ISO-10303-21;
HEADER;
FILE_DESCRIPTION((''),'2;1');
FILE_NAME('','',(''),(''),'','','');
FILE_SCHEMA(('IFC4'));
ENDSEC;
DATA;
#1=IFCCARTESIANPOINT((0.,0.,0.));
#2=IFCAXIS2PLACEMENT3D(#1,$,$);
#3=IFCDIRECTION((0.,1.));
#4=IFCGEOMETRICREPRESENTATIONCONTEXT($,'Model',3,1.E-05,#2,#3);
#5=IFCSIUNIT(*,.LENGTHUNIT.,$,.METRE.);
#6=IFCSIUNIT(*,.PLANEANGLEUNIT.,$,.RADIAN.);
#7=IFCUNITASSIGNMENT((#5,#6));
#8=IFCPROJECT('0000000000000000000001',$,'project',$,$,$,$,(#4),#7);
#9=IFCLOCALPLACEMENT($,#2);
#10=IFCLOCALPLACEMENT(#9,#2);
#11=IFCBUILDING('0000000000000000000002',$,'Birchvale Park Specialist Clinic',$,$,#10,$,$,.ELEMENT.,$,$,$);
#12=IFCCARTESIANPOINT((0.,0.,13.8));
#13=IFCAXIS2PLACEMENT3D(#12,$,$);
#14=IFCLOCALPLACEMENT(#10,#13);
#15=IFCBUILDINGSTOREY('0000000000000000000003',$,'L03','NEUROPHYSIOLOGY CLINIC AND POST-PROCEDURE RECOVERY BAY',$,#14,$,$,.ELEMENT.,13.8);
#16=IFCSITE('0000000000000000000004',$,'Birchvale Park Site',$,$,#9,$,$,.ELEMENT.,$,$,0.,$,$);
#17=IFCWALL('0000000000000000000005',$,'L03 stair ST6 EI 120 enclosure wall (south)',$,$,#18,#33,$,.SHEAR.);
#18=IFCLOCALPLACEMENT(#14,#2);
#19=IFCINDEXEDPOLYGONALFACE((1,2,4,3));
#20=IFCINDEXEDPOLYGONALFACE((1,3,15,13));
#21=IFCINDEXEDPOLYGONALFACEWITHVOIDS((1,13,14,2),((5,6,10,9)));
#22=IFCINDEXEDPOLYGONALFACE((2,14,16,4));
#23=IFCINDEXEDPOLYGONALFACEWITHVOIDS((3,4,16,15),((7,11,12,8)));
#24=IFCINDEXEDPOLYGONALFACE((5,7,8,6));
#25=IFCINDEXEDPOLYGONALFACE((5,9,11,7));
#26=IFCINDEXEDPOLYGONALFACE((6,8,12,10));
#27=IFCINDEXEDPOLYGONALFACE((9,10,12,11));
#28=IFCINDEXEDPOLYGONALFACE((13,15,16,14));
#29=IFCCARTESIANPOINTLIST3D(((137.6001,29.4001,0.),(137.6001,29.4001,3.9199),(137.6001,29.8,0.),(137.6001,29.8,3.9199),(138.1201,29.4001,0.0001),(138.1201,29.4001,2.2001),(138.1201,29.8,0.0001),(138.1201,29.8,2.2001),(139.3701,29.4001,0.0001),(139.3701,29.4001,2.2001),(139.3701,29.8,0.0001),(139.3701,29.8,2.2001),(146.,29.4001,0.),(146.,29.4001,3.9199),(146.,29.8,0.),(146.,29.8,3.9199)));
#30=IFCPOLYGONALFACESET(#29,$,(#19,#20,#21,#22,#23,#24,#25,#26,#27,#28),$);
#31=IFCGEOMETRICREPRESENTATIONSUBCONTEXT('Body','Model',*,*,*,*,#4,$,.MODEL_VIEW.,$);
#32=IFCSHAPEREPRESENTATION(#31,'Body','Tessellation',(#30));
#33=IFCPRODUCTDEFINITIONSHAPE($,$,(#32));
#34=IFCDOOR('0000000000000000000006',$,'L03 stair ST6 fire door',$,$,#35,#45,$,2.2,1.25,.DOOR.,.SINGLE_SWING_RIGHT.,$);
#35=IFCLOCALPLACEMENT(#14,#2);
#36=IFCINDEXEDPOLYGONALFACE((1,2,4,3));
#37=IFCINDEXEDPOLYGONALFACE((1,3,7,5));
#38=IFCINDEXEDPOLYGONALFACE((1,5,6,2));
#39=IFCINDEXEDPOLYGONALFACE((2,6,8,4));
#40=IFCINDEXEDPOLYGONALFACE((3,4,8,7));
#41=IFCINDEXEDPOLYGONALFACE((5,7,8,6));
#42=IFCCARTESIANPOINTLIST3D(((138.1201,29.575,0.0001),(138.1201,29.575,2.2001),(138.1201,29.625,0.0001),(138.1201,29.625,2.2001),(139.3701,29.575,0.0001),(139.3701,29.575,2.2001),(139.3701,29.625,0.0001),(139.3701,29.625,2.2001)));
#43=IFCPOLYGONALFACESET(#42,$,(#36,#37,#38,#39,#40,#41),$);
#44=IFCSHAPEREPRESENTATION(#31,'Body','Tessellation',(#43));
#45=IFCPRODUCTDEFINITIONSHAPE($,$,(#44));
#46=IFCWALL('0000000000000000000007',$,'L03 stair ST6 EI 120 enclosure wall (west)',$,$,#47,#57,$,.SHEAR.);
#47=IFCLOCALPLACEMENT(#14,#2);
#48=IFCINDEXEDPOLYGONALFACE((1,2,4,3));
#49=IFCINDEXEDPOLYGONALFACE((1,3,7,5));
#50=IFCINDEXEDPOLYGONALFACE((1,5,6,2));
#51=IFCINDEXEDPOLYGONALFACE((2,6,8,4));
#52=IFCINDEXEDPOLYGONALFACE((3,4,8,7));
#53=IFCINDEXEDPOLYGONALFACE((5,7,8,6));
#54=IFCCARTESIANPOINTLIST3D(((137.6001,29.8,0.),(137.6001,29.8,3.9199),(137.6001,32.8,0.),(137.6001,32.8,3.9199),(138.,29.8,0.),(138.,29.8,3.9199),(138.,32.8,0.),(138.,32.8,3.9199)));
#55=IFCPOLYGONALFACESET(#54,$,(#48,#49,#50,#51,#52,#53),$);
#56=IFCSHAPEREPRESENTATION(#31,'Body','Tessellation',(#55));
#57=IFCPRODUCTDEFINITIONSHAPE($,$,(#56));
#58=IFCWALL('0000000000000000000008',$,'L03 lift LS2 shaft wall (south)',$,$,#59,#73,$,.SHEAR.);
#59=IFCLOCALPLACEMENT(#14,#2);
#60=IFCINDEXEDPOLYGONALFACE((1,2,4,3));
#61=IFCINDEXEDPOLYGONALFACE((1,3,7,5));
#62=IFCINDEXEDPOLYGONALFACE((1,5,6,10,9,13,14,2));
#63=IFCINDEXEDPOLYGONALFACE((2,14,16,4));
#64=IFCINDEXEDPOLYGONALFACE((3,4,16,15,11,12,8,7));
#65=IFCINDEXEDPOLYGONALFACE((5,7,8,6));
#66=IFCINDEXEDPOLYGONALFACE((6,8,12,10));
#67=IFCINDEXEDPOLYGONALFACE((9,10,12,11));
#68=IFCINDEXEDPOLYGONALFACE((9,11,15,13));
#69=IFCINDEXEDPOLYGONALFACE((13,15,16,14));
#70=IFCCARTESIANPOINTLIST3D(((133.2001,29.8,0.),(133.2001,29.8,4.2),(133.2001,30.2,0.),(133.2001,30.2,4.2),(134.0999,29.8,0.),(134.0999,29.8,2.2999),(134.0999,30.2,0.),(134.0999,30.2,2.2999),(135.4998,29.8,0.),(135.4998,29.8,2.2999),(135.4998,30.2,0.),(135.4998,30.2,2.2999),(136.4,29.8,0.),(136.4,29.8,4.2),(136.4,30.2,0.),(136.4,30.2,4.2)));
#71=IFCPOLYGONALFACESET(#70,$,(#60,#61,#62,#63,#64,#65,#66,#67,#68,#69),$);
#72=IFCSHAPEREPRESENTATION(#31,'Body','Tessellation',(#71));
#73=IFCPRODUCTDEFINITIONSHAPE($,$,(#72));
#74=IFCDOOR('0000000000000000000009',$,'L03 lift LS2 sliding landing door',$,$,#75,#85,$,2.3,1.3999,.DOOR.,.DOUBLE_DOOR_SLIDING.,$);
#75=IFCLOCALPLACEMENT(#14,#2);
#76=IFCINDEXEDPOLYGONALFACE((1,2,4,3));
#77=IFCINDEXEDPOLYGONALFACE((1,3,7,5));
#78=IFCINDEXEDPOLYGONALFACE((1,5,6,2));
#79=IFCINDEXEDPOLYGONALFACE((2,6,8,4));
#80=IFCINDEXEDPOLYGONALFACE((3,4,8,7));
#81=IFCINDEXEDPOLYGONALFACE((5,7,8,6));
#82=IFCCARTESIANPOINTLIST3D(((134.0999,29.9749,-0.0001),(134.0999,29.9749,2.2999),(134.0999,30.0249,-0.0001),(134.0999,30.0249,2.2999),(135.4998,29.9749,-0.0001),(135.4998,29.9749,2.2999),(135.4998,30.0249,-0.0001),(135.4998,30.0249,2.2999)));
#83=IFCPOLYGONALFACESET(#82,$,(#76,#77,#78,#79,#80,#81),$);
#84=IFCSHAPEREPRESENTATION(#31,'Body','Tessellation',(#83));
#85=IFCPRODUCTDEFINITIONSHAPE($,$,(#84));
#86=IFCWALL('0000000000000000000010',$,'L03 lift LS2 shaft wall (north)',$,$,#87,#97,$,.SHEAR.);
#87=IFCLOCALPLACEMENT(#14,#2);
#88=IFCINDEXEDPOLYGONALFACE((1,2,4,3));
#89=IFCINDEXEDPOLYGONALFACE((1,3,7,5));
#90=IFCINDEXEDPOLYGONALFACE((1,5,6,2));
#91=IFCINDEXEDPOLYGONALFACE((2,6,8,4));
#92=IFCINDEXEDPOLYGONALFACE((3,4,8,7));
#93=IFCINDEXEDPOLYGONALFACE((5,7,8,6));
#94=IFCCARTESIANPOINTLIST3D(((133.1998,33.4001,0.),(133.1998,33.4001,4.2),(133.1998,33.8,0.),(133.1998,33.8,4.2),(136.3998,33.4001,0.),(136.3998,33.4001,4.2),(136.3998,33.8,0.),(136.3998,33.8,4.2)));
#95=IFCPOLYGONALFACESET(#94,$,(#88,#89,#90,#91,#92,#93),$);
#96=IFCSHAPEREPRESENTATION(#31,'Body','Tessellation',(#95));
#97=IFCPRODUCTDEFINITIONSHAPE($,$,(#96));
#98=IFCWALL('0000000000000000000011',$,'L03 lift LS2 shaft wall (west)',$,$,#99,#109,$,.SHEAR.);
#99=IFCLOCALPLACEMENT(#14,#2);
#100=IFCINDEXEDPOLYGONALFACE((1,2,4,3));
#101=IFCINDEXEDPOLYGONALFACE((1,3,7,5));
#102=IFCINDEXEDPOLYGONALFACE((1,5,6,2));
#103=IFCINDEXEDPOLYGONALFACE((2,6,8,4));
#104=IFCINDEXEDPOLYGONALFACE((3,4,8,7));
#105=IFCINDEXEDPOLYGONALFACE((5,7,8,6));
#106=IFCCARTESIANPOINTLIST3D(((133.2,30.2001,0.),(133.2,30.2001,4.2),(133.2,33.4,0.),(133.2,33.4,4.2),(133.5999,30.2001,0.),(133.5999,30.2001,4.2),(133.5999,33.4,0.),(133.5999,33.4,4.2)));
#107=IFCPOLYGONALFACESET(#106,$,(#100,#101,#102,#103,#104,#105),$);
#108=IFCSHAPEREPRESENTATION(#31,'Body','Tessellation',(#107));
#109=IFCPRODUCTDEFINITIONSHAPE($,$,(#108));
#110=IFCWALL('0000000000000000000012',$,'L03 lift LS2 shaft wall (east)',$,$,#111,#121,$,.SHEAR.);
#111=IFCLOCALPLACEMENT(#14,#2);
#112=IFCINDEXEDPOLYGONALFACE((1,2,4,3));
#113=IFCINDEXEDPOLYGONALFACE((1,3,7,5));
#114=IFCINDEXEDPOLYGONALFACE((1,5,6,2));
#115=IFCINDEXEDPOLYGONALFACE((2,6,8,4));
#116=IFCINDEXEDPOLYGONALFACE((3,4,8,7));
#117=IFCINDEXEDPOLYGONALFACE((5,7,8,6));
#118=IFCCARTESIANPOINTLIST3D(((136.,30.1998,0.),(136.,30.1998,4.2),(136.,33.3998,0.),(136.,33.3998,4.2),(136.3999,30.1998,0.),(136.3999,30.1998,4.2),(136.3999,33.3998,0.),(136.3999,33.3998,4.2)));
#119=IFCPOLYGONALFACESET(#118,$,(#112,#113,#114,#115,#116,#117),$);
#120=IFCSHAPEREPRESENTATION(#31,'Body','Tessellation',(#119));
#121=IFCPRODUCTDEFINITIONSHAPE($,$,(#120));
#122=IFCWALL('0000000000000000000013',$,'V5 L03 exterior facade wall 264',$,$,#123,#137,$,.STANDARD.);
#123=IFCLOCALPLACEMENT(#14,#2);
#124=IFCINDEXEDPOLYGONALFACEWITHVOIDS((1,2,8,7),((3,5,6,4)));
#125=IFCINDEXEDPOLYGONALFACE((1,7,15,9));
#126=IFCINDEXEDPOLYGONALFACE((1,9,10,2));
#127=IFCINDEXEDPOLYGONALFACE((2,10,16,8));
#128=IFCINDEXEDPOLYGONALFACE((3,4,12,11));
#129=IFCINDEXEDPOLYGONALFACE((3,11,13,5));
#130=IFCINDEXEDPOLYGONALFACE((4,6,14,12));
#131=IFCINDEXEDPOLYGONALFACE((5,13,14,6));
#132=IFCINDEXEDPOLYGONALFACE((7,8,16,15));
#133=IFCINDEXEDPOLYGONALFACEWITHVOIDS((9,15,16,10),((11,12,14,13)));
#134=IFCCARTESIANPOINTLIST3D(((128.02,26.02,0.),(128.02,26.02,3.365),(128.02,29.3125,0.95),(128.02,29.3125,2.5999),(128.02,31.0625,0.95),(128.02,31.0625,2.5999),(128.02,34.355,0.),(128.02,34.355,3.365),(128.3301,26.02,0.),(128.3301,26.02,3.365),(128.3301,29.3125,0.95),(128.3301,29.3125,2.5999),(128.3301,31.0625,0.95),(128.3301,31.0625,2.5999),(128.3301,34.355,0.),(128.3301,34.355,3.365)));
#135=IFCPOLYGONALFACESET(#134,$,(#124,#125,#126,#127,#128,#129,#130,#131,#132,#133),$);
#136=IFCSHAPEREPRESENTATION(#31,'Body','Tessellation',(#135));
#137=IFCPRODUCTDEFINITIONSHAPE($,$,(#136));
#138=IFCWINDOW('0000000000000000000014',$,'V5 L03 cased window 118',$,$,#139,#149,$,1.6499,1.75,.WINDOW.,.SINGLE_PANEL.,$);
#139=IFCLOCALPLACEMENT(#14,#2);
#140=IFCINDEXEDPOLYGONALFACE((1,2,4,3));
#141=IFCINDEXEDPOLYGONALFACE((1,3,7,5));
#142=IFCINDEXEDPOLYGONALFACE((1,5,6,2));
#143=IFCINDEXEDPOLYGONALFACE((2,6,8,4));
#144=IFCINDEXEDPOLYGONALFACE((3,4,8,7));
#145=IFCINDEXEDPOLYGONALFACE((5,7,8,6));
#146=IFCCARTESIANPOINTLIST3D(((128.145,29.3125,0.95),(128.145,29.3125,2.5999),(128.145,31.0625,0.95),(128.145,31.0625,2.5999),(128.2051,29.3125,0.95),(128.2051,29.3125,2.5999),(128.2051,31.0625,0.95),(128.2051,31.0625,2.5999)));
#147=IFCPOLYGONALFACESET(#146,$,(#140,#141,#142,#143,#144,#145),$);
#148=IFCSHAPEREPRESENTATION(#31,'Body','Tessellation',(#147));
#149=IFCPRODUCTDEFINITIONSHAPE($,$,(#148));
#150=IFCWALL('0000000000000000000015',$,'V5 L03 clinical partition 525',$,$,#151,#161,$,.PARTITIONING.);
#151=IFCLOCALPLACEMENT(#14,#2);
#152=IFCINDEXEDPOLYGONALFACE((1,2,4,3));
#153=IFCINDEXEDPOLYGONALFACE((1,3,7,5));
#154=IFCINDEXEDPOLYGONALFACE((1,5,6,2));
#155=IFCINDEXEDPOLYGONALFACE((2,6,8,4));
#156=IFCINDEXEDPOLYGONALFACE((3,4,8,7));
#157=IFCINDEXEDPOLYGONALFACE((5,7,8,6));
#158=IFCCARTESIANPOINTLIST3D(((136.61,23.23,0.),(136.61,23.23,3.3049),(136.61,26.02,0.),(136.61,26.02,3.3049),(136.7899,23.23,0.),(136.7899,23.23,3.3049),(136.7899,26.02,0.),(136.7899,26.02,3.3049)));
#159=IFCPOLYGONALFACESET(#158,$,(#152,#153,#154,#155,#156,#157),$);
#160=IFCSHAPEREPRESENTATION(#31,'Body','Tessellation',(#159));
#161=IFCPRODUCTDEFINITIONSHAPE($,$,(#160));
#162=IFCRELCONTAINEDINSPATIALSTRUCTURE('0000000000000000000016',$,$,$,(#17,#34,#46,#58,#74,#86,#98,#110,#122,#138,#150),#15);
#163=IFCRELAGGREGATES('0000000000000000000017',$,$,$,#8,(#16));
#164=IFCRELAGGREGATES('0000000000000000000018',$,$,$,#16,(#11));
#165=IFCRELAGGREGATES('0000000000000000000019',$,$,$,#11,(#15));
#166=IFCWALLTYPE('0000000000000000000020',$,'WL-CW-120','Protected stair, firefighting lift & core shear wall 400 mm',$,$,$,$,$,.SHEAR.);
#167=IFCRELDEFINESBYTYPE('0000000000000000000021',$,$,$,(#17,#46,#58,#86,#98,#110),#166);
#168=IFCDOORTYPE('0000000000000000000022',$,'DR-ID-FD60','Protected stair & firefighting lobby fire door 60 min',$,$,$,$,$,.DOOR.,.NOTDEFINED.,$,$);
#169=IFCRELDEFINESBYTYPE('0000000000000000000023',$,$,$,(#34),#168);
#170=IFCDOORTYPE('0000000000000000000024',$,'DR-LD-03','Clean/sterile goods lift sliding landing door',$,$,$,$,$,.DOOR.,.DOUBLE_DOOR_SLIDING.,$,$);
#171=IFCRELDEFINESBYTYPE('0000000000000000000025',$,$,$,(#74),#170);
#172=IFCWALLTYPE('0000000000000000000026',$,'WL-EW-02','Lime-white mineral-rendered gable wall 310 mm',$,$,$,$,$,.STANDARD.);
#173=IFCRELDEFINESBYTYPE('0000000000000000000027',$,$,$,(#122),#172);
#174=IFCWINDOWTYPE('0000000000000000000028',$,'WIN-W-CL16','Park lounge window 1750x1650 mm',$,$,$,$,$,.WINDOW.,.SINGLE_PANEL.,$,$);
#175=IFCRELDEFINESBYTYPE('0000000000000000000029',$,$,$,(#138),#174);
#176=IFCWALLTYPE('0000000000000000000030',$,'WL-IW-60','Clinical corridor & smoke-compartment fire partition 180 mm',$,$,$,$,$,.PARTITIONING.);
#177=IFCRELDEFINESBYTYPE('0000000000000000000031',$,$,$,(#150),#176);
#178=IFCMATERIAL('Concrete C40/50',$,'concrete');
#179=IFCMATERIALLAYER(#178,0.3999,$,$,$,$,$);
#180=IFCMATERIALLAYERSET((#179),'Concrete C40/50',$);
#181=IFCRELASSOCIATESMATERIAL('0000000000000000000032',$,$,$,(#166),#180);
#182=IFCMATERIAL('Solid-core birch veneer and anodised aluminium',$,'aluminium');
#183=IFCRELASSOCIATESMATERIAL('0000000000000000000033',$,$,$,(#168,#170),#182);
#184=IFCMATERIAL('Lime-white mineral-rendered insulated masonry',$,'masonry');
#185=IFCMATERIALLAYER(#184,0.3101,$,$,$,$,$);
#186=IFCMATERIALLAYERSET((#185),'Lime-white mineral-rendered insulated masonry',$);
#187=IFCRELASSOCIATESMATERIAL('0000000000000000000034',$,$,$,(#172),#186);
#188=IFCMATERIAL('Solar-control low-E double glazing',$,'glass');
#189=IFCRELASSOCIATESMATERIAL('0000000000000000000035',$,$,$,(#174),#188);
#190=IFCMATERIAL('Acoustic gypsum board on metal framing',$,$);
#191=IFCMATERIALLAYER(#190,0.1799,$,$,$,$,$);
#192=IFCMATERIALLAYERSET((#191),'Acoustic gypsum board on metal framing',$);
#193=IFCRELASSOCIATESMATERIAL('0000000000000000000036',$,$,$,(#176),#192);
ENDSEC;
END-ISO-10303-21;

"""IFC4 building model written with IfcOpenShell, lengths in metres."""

from ifc_helpers import new_model, si_unit, direction, frame, frame_2d, origin, place, context, subcontext, project, spatial, rectangle, extrude, material, layer, layer_set, type_object, element, fill, save


model = new_model("IFC4")

# Units and contexts
model_context = context("Model", 3, precision=1e-05, world=origin(), true_north=direction((0.0, 1.0)))
body_context = subcontext(model_context, "Body", "Model", "MODEL_VIEW")
ifc_project = project(units=[si_unit("LENGTHUNIT", "METRE"), si_unit("PLANEANGLEUNIT", "RADIAN")], contexts=[model_context])

# Site, building, storey
site_placement = place(None, origin())
site = spatial("IfcSite", under=ifc_project, at=site_placement, Name="Birchvale Park Site", CompositionType="ELEMENT", RefElevation=0.0)
building_placement = place(site_placement, origin())
building = spatial("IfcBuilding", under=site, at=building_placement, Name="Birchvale Park Specialist Clinic", CompositionType="ELEMENT")
storey_placement = place(building_placement, frame((0.0, 0.0, 13.8)))
storey = spatial("IfcBuildingStorey", under=building, at=storey_placement, Name="L03", Description="NEUROPHYSIOLOGY CLINIC AND POST-PROCEDURE RECOVERY BAY", CompositionType="ELEMENT", Elevation=13.8)

# Shared definitions
ifc_material_1 = material(Name="Concrete C40/50", Category="concrete")

# Wall, opening, door
ifc_layer_1 = layer(ifc_material_1, 0.3999)
ifc_layer_set_1 = layer_set([ifc_layer_1], Name="Concrete C40/50")
wall_type_1 = type_object("IfcWallType", Name="WL-CW-120", Description="Protected stair, firefighting lift & core shear wall 400 mm", PredefinedType="SHEAR", material=ifc_layer_set_1)
wall_1_placement = place(storey_placement, frame((137.6001, 29.6001, 0.0), z_axis=(0.0, 0.0, 1.0), x_axis=(1.0, 0.0, 0.0)))
wall_1 = element("IfcWall", 1, at=wall_1_placement, inside=storey, type_object=wall_type_1, Name="L03 stair ST6 EI 120 enclosure wall (south)", PredefinedType="SHEAR", context=body_context, shape_type="SweptSolid", body=[
    extrude(rectangle(XDim=8.3999, YDim=0.3999, at=frame_2d((4.2, 0.0))), origin(), (0.0, 0.0, 1.0), 3.9199),
])
opening_1_placement = place(wall_1_placement, frame((0.52, 0.0, 0.0)))
opening_1 = element("IfcOpeningElement", 2, at=opening_1_placement, cuts=wall_1, PredefinedType="OPENING", context=body_context, shape_type="SweptSolid", body=[
    extrude(rectangle(XDim=1.25, YDim=2.2, at=frame_2d((0.625, 1.1001))), frame((0.0, 0.21, 0.0), z_axis=(0.0, -1.0, 0.0), x_axis=(1.0, 0.0, 0.0)), (0.0, 0.0, 1.0), 0.4199),
])
ifc_material_2 = material(Name="Solid-core birch veneer and anodised aluminium", Category="aluminium")
door_type_1 = type_object("IfcDoorType", Name="DR-ID-FD60", Description="Protected stair & firefighting lobby fire door 60 min", OperationType="NOTDEFINED", PredefinedType="DOOR", material=ifc_material_2)
door_1_placement = place(opening_1_placement, origin())
door_1 = element("IfcDoor", 3, at=door_1_placement, inside=storey, type_object=door_type_1, Name="L03 stair ST6 fire door", OperationType="SINGLE_SWING_RIGHT", OverallHeight=2.2, OverallWidth=1.25, PredefinedType="DOOR", context=body_context, shape_type="SweptSolid", body=[
    extrude(rectangle(XDim=1.25, YDim=2.2, at=frame_2d((0.625, 1.1001))), frame((0.0, 0.0249, 0.0), z_axis=(0.0, -1.0, 0.0), x_axis=(1.0, 0.0, 0.0)), (0.0, 0.0, 1.0), 0.05),
])
fill(opening_1, door_1)

# Wall
wall_2_placement = place(storey_placement, frame((137.8, 29.8, 0.0), z_axis=(0.0, 0.0, 1.0), x_axis=(0.0, 1.0, 0.0)))
element("IfcWall", 4, at=wall_2_placement, inside=storey, type_object=wall_type_1, Name="L03 stair ST6 EI 120 enclosure wall (west)", PredefinedType="SHEAR", context=body_context, shape_type="SweptSolid", body=[
    extrude(rectangle(XDim=3.0, YDim=0.3999, at=frame_2d((1.5, 0.0))), origin(), (0.0, 0.0, 1.0), 3.9199),
])

# Wall, opening, door
wall_3_placement = place(storey_placement, frame((133.2, 30.0, 0.0), z_axis=(0.0, 0.0, 1.0), x_axis=(1.0, 0.0, 0.0)))
wall_3 = element("IfcWall", 5, at=wall_3_placement, inside=storey, type_object=wall_type_1, Name="L03 lift LS2 shaft wall (south)", PredefinedType="SHEAR", context=body_context, shape_type="SweptSolid", body=[
    extrude(rectangle(XDim=3.2, YDim=0.3999, at=frame_2d((1.6001, 0.0))), origin(), (0.0, 0.0, 1.0), 4.2),
])
opening_2_placement = place(wall_3_placement, frame((0.8999, 0.0, 0.0)))
opening_2 = element("IfcOpeningElement", 6, at=opening_2_placement, cuts=wall_3, PredefinedType="OPENING", context=body_context, shape_type="SweptSolid", body=[
    extrude(rectangle(XDim=1.3999, YDim=2.3, at=frame_2d((0.7, 1.1499))), frame((0.0, 0.21, 0.0), z_axis=(0.0, -1.0, 0.0), x_axis=(1.0, 0.0, 0.0)), (0.0, 0.0, 1.0), 0.4199),
])
door_type_2 = type_object("IfcDoorType", Name="DR-LD-03", Description="Clean/sterile goods lift sliding landing door", OperationType="DOUBLE_DOOR_SLIDING", PredefinedType="DOOR", material=ifc_material_2)
door_2_placement = place(opening_2_placement, origin())
door_2 = element("IfcDoor", 7, at=door_2_placement, inside=storey, type_object=door_type_2, Name="L03 lift LS2 sliding landing door", OperationType="DOUBLE_DOOR_SLIDING", OverallHeight=2.3, OverallWidth=1.3999, PredefinedType="DOOR", context=body_context, shape_type="SweptSolid", body=[
    extrude(rectangle(XDim=1.3999, YDim=2.3, at=frame_2d((0.7, 1.1499))), frame((0.0, 0.0249, 0.0), z_axis=(0.0, -1.0, 0.0), x_axis=(1.0, 0.0, 0.0)), (0.0, 0.0, 1.0), 0.05),
])
fill(opening_2, door_2)

# Walls
for number, where, z_axis, x_axis, name in (
    (8, (136.3999, 33.6001, 0.0), (0.0, 0.0, 1.0), (-1.0, 0.0, 0.0), "L03 lift LS2 shaft wall (north)"),
    (9, (133.3999, 30.2, 0.0), (0.0, 0.0, 1.0), (0.0, 1.0, 0.0), "L03 lift LS2 shaft wall (west)"),
    (10, (136.2, 33.3999, 0.0), (0.0, 0.0, 1.0), (0.0, -1.0, 0.0), "L03 lift LS2 shaft wall (east)"),
):
    element("IfcWall", number, at=place(storey_placement, frame(where, z_axis=z_axis, x_axis=x_axis)), inside=storey, type_object=wall_type_1, Name=name, PredefinedType="SHEAR", context=body_context, shape_type="SweptSolid", body=[
        extrude(rectangle(XDim=3.2, YDim=0.3999, at=frame_2d((1.6001, 0.0))), origin(), (0.0, 0.0, 1.0), 4.2),
    ])

# Wall, opening, window
ifc_material_3 = material(Name="Lime-white mineral-rendered insulated masonry", Category="masonry")
ifc_layer_2 = layer(ifc_material_3, 0.3101)
ifc_layer_set_2 = layer_set([ifc_layer_2], Name="Lime-white mineral-rendered insulated masonry")
wall_type_2 = type_object("IfcWallType", Name="WL-EW-02", Description="Lime-white mineral-rendered gable wall 310 mm", PredefinedType="STANDARD", material=ifc_layer_set_2)
wall_4_placement = place(storey_placement, frame((128.175, 34.355, 0.0), z_axis=(0.0, 0.0, 1.0), x_axis=(0.0, -1.0, 0.0)))
wall_4 = element("IfcWall", 11, at=wall_4_placement, inside=storey, type_object=wall_type_2, Name="V5 L03 exterior facade wall 264", PredefinedType="STANDARD", context=body_context, shape_type="SweptSolid", body=[
    extrude(rectangle(XDim=8.335, YDim=0.3101, at=frame_2d((4.1675, 0.0))), origin(), (0.0, 0.0, 1.0), 3.365),
])
opening_3_placement = place(wall_4_placement, frame((3.2925, 0.0, 0.95)))
opening_3 = element("IfcOpeningElement", 12, at=opening_3_placement, cuts=wall_4, PredefinedType="OPENING", context=body_context, shape_type="SweptSolid", body=[
    extrude(rectangle(XDim=1.75, YDim=1.6499, at=frame_2d((0.875, 0.825))), frame((0.0, 0.165, 0.0), z_axis=(0.0, -1.0, 0.0), x_axis=(1.0, 0.0, 0.0)), (0.0, 0.0, 1.0), 0.3301),
])
ifc_material_4 = material(Name="Solar-control low-E double glazing", Category="glass")
window_type = type_object("IfcWindowType", Name="WIN-W-CL16", Description="Park lounge window 1750x1650 mm", PartitioningType="SINGLE_PANEL", PredefinedType="WINDOW", material=ifc_material_4)
window_placement = place(opening_3_placement, origin())
window = element("IfcWindow", 13, at=window_placement, inside=storey, type_object=window_type, Name="V5 L03 cased window 118", OverallHeight=1.6499, OverallWidth=1.75, PartitioningType="SINGLE_PANEL", PredefinedType="WINDOW", context=body_context, shape_type="SweptSolid", body=[
    extrude(rectangle(XDim=1.75, YDim=1.6499, at=frame_2d((0.875, 0.825))), frame((0.0, 0.03, 0.0), z_axis=(0.0, -1.0, 0.0), x_axis=(1.0, 0.0, 0.0)), (0.0, 0.0, 1.0), 0.0601),
])
fill(opening_3, window)

# Wall
ifc_material_5 = material(Name="Acoustic gypsum board on metal framing")
ifc_layer_3 = layer(ifc_material_5, 0.1799)
ifc_layer_set_3 = layer_set([ifc_layer_3], Name="Acoustic gypsum board on metal framing")
wall_type_3 = type_object("IfcWallType", Name="WL-IW-60", Description="Clinical corridor & smoke-compartment fire partition 180 mm", PredefinedType="PARTITIONING", material=ifc_layer_set_3)
wall_5_placement = place(storey_placement, frame((136.7, 23.23, 0.0), z_axis=(0.0, 0.0, 1.0), x_axis=(0.0, 1.0, 0.0)))
element("IfcWall", 14, at=wall_5_placement, inside=storey, type_object=wall_type_3, Name="V5 L03 clinical partition 525", PredefinedType="PARTITIONING", context=body_context, shape_type="SweptSolid", body=[
    extrude(rectangle(XDim=2.79, YDim=0.1799, at=frame_2d((1.395, 0.0))), origin(), (0.0, 0.0, 1.0), 3.3049),
])

save(model, "model.ifc")
